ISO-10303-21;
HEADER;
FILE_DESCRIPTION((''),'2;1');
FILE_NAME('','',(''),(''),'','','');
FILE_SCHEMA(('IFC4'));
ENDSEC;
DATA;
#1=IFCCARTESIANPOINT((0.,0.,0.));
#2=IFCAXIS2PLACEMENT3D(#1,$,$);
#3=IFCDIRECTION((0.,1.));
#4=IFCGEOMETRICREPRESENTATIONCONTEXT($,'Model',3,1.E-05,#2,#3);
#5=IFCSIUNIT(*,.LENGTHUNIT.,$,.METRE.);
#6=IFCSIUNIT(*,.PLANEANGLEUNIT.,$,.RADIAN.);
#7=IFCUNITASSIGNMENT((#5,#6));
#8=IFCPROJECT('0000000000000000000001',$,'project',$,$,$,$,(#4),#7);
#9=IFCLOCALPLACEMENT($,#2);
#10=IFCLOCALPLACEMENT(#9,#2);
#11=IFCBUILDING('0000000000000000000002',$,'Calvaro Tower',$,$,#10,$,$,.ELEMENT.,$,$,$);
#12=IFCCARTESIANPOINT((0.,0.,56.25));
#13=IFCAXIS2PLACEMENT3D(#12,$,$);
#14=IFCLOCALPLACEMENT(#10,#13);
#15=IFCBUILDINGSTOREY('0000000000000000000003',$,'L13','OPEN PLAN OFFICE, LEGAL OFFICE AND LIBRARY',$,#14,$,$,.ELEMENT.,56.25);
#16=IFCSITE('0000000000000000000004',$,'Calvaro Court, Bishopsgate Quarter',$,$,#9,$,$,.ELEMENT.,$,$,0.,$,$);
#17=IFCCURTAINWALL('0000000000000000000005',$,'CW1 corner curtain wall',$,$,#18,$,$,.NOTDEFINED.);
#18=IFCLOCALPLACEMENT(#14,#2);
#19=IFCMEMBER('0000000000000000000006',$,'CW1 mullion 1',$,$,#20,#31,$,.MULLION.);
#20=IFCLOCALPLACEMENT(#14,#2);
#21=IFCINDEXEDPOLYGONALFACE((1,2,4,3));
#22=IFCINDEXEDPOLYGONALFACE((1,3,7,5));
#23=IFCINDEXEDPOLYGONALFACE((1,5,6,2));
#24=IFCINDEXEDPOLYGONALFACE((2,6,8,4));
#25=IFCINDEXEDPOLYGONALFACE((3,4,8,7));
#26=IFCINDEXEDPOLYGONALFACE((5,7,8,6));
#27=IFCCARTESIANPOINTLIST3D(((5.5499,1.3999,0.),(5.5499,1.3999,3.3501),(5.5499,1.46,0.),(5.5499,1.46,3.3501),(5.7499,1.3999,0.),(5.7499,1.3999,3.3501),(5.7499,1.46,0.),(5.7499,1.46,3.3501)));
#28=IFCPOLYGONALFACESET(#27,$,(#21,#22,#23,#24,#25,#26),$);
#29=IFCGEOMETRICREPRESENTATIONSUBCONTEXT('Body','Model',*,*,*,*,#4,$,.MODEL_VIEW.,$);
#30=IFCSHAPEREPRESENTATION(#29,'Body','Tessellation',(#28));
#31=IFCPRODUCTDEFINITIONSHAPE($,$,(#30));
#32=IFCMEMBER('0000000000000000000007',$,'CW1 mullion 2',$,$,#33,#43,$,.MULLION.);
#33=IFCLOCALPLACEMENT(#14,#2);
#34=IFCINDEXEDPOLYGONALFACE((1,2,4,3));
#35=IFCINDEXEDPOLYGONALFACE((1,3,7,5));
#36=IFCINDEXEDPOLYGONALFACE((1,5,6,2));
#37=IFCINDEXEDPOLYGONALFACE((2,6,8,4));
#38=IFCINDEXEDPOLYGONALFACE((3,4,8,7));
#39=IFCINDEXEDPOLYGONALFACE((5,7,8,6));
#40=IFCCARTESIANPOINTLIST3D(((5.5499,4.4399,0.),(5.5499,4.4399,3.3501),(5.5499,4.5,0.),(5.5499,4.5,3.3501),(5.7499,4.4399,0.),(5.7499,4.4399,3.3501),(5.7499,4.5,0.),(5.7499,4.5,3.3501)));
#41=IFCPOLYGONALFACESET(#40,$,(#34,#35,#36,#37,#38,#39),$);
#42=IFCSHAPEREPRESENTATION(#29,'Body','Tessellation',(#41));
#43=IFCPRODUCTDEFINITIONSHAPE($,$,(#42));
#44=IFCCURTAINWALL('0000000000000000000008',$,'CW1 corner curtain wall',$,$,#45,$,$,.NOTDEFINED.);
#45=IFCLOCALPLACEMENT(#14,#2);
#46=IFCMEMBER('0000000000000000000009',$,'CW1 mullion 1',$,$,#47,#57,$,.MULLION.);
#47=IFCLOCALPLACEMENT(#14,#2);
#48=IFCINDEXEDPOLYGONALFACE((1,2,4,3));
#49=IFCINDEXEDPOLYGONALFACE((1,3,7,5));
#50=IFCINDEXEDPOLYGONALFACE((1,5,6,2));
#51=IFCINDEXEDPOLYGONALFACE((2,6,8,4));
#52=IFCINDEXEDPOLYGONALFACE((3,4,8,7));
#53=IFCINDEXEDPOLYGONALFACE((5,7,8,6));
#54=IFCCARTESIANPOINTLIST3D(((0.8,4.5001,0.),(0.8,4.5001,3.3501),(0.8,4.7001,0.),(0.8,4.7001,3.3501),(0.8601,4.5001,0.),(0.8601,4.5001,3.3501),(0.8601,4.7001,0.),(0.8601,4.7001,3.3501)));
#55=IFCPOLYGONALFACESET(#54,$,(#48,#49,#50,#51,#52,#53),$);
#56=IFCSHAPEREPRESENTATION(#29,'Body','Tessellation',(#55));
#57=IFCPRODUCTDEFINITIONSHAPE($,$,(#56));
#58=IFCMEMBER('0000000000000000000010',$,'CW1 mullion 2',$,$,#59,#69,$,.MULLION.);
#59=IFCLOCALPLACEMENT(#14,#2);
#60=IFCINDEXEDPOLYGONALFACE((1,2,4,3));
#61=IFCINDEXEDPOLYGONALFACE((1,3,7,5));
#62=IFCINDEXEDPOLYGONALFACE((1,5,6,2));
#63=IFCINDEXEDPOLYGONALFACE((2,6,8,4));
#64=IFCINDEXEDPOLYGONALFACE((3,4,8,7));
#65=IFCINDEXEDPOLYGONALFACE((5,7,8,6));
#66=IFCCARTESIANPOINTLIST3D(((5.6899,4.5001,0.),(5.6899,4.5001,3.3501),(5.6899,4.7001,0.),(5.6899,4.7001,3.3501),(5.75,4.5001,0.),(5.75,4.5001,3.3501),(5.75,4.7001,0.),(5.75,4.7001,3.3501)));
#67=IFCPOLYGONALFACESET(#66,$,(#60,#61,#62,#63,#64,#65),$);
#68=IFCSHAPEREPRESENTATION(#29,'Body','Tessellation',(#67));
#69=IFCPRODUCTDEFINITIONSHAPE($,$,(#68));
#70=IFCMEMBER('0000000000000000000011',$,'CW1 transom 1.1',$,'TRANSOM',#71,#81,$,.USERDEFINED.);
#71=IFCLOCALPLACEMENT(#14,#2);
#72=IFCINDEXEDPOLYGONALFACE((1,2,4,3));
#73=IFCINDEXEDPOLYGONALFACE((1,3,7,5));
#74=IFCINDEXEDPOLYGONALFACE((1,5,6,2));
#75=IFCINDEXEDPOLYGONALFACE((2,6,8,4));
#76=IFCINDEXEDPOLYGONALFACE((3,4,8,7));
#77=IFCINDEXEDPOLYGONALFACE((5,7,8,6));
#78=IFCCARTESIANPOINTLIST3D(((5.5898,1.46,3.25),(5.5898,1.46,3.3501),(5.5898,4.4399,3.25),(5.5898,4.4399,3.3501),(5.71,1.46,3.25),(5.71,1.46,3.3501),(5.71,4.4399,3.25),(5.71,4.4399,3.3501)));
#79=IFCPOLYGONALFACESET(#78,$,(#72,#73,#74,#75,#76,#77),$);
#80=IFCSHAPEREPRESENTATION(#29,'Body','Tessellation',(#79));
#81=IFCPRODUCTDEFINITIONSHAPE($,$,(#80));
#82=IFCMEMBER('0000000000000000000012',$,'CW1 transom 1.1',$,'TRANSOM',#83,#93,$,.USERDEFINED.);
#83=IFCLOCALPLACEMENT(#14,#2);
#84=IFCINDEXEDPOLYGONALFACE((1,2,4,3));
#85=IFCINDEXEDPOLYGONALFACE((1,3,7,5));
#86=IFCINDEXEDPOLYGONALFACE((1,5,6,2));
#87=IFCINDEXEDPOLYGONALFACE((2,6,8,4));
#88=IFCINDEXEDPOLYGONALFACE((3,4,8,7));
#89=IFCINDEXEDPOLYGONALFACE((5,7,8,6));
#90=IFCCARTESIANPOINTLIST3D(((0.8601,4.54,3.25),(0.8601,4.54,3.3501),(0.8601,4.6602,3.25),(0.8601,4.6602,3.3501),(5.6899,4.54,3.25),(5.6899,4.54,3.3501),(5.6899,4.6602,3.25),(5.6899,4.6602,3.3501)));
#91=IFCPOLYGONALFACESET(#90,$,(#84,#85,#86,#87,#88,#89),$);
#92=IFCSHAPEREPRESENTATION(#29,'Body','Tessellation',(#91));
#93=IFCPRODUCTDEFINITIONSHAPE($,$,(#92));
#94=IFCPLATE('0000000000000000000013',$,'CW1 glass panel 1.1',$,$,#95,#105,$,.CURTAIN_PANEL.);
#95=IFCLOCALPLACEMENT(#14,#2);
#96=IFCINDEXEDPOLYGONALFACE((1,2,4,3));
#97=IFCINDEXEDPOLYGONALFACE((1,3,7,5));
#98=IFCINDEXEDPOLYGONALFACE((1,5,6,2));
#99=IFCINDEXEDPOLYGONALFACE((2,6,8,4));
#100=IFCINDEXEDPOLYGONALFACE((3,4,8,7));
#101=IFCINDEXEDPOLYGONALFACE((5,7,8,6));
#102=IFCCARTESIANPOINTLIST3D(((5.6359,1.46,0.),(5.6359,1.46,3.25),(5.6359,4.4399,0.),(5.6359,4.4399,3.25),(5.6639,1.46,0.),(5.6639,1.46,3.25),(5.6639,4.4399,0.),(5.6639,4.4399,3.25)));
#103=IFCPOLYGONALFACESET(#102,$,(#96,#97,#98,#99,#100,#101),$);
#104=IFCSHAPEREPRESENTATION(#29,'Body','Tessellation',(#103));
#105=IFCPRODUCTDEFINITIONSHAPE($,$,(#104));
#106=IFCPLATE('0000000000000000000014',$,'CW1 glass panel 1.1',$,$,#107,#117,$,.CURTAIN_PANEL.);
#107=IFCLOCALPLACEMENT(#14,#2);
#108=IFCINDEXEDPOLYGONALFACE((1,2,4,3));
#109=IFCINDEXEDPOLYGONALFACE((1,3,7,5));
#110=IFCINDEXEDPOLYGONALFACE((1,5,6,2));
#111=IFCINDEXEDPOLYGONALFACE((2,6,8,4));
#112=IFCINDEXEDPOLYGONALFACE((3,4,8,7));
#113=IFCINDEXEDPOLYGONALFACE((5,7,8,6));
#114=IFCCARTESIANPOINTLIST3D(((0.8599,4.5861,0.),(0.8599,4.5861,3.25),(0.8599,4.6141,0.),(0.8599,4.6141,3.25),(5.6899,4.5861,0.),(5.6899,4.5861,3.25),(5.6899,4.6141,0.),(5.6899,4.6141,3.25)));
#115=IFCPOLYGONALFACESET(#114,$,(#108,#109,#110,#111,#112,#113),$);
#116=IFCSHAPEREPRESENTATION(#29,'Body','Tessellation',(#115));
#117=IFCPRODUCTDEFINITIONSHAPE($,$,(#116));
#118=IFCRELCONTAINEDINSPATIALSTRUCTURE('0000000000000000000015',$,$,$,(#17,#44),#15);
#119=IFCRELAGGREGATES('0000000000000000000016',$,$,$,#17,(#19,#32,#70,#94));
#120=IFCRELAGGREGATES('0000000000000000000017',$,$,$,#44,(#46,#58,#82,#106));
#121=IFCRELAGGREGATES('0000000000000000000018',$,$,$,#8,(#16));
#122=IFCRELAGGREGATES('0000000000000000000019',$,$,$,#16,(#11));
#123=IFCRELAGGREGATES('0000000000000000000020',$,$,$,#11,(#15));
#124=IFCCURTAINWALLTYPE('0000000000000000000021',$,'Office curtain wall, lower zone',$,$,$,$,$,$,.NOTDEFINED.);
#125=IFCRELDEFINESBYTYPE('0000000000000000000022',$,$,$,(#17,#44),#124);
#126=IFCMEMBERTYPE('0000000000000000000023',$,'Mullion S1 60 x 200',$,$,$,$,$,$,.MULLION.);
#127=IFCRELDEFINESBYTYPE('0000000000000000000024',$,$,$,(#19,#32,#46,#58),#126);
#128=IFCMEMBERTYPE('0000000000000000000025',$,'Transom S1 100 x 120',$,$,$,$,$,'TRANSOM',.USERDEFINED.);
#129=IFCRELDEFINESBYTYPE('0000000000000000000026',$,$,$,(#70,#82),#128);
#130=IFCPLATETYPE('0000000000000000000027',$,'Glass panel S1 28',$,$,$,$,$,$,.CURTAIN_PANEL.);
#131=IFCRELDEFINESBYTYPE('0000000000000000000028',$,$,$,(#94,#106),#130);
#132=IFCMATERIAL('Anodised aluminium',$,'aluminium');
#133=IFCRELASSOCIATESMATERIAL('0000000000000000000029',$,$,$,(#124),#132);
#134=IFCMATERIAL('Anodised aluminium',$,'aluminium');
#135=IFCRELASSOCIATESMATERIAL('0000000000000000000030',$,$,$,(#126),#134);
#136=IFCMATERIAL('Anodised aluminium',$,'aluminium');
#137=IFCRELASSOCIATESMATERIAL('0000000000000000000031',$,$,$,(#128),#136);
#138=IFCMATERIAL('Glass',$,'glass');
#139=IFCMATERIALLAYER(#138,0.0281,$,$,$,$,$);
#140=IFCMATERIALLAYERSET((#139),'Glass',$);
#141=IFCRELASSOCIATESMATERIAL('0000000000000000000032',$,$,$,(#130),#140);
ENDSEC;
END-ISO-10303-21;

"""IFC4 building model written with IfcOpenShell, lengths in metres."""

from ifc_helpers import new_model, si_unit, direction, frame, origin, origin_2d, place, context, subcontext, project, spatial, rectangle, extrude, material, layer, layer_set, material_profile, profile_set, type_object, element, aggregate, save


model = new_model("IFC4")

# Units and contexts
model_context = context("Model", 3, precision=1e-05, world=origin(), true_north=direction((0.0, 1.0)))
body_context = subcontext(model_context, "Body", "Model", "MODEL_VIEW")
ifc_project = project(units=[si_unit("LENGTHUNIT", "METRE"), si_unit("PLANEANGLEUNIT", "RADIAN")], contexts=[model_context])

# Site, building, storey
site_placement = place(None, origin())
site = spatial("IfcSite", under=ifc_project, at=site_placement, Name="Calvaro Court, Bishopsgate Quarter", CompositionType="ELEMENT", RefElevation=0.0)
building_placement = place(site_placement, origin())
building = spatial("IfcBuilding", under=site, at=building_placement, Name="Calvaro Tower", CompositionType="ELEMENT")
storey_placement = place(building_placement, frame((0.0, 0.0, 56.25)))
storey = spatial("IfcBuildingStorey", under=building, at=storey_placement, Name="L13", Description="OPEN PLAN OFFICE, LEGAL OFFICE AND LIBRARY", CompositionType="ELEMENT", Elevation=56.25)

# Curtain walls, members
ifc_material_1 = material(Name="Anodised aluminium", Category="aluminium")
curtain_wall_type = type_object("IfcCurtainWallType", Name="Office curtain wall, lower zone", PredefinedType="NOTDEFINED", material=ifc_material_1)
curtain_wall_1_placement = place(storey_placement, origin())
curtain_wall_1 = element("IfcCurtainWall", 1, at=curtain_wall_1_placement, inside=storey, type_object=curtain_wall_type, Name="CW1 corner curtain wall", PredefinedType="NOTDEFINED")
ifc_material_2 = material(Name="Anodised aluminium", Category="aluminium")
ifc_material_profile_1 = material_profile(ifc_material_2, rectangle(XDim=0.2, YDim=0.0601, at=origin_2d()), Name="Mullion S1 60 x 200")
ifc_profile_set_1 = profile_set([ifc_material_profile_1], Name="Anodised aluminium")
member_type_1 = type_object("IfcMemberType", Name="Mullion S1 60 x 200", PredefinedType="MULLION", material=ifc_profile_set_1)
member_1_placement = place(storey_placement, frame((5.6499, 1.4299, 0.0), z_axis=(0.0, 0.0, 1.0), x_axis=(-1.0, 0.0, 0.0)))
member_1 = element("IfcMember", 2, at=member_1_placement, type_object=member_type_1, Name="CW1 mullion 1", PredefinedType="MULLION", context=body_context, shape_type="SweptSolid", body=[
    extrude(rectangle(XDim=0.2, YDim=0.0601, at=origin_2d()), origin(), (0.0, 0.0, 1.0), 3.3501),
])
member_2_placement = place(storey_placement, frame((5.6499, 4.47, 0.0), z_axis=(0.0, 0.0, 1.0), x_axis=(-1.0, 0.0, 0.0)))
member_2 = element("IfcMember", 3, at=member_2_placement, type_object=member_type_1, Name="CW1 mullion 2", PredefinedType="MULLION", context=body_context, shape_type="SweptSolid", body=[
    extrude(rectangle(XDim=0.2, YDim=0.0601, at=origin_2d()), origin(), (0.0, 0.0, 1.0), 3.3501),
])
curtain_wall_2_placement = place(storey_placement, origin())
curtain_wall_2 = element("IfcCurtainWall", 4, at=curtain_wall_2_placement, inside=storey, type_object=curtain_wall_type, Name="CW1 corner curtain wall", PredefinedType="NOTDEFINED")
member_3_placement = place(storey_placement, frame((0.8301, 4.6001, 0.0), z_axis=(0.0, 0.0, 1.0), x_axis=(0.0, 1.0, 0.0)))
member_3 = element("IfcMember", 5, at=member_3_placement, type_object=member_type_1, Name="CW1 mullion 1", PredefinedType="MULLION", context=body_context, shape_type="SweptSolid", body=[
    extrude(rectangle(XDim=0.2, YDim=0.0601, at=origin_2d()), origin(), (0.0, 0.0, 1.0), 3.3501),
])
member_4_placement = place(storey_placement, frame((5.72, 4.6001, 0.0), z_axis=(0.0, 0.0, 1.0), x_axis=(0.0, 1.0, 0.0)))
member_4 = element("IfcMember", 6, at=member_4_placement, type_object=member_type_1, Name="CW1 mullion 2", PredefinedType="MULLION", context=body_context, shape_type="SweptSolid", body=[
    extrude(rectangle(XDim=0.2, YDim=0.0601, at=origin_2d()), origin(), (0.0, 0.0, 1.0), 3.3501),
])

# Members
ifc_material_3 = material(Name="Anodised aluminium", Category="aluminium")
ifc_material_profile_2 = material_profile(ifc_material_3, rectangle(XDim=0.1201, YDim=0.1001, at=origin_2d()), Name="Transom S1 100 x 120")
ifc_profile_set_2 = profile_set([ifc_material_profile_2], Name="Anodised aluminium")
member_type_2 = type_object("IfcMemberType", Name="Transom S1 100 x 120", ElementType="TRANSOM", PredefinedType="USERDEFINED", material=ifc_profile_set_2)
member_5_placement = place(storey_placement, frame((5.6499, 1.46, 3.3), z_axis=(0.0, 1.0, 0.0), x_axis=(-1.0, 0.0, 0.0)))
member_5 = element("IfcMember", 7, at=member_5_placement, type_object=member_type_2, Name="CW1 transom 1.1", ObjectType="TRANSOM", PredefinedType="USERDEFINED", context=body_context, shape_type="SweptSolid", body=[
    extrude(rectangle(XDim=0.1201, YDim=0.1001, at=origin_2d()), origin(), (0.0, 0.0, 1.0), 2.98),
])
member_6_placement = place(storey_placement, frame((0.8601, 4.6001, 3.3), z_axis=(1.0, 0.0, 0.0), x_axis=(0.0, 1.0, 0.0)))
member_6 = element("IfcMember", 8, at=member_6_placement, type_object=member_type_2, Name="CW1 transom 1.1", ObjectType="TRANSOM", PredefinedType="USERDEFINED", context=body_context, shape_type="SweptSolid", body=[
    extrude(rectangle(XDim=0.1201, YDim=0.1001, at=origin_2d()), origin(), (0.0, 0.0, 1.0), 4.8298),
])

# Plates
ifc_material_4 = material(Name="Glass", Category="glass")
ifc_layer_1 = layer(ifc_material_4, 0.0281)
ifc_layer_set_1 = layer_set([ifc_layer_1], Name="Glass")
plate_type = type_object("IfcPlateType", Name="Glass panel S1 28", PredefinedType="CURTAIN_PANEL", material=ifc_layer_set_1)
plate_1_placement = place(storey_placement, frame((5.6499, 2.95, 0.0), z_axis=(0.0, 0.0, 1.0), x_axis=(0.0, 1.0, 0.0)))
plate_1 = element("IfcPlate", 9, at=plate_1_placement, type_object=plate_type, Name="CW1 glass panel 1.1", PredefinedType="CURTAIN_PANEL", context=body_context, shape_type="SweptSolid", body=[
    extrude(rectangle(XDim=2.98, YDim=0.0281, at=origin_2d()), origin(), (0.0, 0.0, 1.0), 3.25),
])
aggregate(curtain_wall_1, [member_1, member_2, member_5, plate_1])
plate_2_placement = place(storey_placement, frame((3.2749, 4.6001, 0.0), z_axis=(0.0, 0.0, 1.0), x_axis=(1.0, 0.0, 0.0)))
plate_2 = element("IfcPlate", 10, at=plate_2_placement, type_object=plate_type, Name="CW1 glass panel 1.1", PredefinedType="CURTAIN_PANEL", context=body_context, shape_type="SweptSolid", body=[
    extrude(rectangle(XDim=4.8301, YDim=0.0281, at=origin_2d()), origin(), (0.0, 0.0, 1.0), 3.25),
])
aggregate(curtain_wall_2, [member_3, member_4, member_6, plate_2])

save(model, "model.ifc")
